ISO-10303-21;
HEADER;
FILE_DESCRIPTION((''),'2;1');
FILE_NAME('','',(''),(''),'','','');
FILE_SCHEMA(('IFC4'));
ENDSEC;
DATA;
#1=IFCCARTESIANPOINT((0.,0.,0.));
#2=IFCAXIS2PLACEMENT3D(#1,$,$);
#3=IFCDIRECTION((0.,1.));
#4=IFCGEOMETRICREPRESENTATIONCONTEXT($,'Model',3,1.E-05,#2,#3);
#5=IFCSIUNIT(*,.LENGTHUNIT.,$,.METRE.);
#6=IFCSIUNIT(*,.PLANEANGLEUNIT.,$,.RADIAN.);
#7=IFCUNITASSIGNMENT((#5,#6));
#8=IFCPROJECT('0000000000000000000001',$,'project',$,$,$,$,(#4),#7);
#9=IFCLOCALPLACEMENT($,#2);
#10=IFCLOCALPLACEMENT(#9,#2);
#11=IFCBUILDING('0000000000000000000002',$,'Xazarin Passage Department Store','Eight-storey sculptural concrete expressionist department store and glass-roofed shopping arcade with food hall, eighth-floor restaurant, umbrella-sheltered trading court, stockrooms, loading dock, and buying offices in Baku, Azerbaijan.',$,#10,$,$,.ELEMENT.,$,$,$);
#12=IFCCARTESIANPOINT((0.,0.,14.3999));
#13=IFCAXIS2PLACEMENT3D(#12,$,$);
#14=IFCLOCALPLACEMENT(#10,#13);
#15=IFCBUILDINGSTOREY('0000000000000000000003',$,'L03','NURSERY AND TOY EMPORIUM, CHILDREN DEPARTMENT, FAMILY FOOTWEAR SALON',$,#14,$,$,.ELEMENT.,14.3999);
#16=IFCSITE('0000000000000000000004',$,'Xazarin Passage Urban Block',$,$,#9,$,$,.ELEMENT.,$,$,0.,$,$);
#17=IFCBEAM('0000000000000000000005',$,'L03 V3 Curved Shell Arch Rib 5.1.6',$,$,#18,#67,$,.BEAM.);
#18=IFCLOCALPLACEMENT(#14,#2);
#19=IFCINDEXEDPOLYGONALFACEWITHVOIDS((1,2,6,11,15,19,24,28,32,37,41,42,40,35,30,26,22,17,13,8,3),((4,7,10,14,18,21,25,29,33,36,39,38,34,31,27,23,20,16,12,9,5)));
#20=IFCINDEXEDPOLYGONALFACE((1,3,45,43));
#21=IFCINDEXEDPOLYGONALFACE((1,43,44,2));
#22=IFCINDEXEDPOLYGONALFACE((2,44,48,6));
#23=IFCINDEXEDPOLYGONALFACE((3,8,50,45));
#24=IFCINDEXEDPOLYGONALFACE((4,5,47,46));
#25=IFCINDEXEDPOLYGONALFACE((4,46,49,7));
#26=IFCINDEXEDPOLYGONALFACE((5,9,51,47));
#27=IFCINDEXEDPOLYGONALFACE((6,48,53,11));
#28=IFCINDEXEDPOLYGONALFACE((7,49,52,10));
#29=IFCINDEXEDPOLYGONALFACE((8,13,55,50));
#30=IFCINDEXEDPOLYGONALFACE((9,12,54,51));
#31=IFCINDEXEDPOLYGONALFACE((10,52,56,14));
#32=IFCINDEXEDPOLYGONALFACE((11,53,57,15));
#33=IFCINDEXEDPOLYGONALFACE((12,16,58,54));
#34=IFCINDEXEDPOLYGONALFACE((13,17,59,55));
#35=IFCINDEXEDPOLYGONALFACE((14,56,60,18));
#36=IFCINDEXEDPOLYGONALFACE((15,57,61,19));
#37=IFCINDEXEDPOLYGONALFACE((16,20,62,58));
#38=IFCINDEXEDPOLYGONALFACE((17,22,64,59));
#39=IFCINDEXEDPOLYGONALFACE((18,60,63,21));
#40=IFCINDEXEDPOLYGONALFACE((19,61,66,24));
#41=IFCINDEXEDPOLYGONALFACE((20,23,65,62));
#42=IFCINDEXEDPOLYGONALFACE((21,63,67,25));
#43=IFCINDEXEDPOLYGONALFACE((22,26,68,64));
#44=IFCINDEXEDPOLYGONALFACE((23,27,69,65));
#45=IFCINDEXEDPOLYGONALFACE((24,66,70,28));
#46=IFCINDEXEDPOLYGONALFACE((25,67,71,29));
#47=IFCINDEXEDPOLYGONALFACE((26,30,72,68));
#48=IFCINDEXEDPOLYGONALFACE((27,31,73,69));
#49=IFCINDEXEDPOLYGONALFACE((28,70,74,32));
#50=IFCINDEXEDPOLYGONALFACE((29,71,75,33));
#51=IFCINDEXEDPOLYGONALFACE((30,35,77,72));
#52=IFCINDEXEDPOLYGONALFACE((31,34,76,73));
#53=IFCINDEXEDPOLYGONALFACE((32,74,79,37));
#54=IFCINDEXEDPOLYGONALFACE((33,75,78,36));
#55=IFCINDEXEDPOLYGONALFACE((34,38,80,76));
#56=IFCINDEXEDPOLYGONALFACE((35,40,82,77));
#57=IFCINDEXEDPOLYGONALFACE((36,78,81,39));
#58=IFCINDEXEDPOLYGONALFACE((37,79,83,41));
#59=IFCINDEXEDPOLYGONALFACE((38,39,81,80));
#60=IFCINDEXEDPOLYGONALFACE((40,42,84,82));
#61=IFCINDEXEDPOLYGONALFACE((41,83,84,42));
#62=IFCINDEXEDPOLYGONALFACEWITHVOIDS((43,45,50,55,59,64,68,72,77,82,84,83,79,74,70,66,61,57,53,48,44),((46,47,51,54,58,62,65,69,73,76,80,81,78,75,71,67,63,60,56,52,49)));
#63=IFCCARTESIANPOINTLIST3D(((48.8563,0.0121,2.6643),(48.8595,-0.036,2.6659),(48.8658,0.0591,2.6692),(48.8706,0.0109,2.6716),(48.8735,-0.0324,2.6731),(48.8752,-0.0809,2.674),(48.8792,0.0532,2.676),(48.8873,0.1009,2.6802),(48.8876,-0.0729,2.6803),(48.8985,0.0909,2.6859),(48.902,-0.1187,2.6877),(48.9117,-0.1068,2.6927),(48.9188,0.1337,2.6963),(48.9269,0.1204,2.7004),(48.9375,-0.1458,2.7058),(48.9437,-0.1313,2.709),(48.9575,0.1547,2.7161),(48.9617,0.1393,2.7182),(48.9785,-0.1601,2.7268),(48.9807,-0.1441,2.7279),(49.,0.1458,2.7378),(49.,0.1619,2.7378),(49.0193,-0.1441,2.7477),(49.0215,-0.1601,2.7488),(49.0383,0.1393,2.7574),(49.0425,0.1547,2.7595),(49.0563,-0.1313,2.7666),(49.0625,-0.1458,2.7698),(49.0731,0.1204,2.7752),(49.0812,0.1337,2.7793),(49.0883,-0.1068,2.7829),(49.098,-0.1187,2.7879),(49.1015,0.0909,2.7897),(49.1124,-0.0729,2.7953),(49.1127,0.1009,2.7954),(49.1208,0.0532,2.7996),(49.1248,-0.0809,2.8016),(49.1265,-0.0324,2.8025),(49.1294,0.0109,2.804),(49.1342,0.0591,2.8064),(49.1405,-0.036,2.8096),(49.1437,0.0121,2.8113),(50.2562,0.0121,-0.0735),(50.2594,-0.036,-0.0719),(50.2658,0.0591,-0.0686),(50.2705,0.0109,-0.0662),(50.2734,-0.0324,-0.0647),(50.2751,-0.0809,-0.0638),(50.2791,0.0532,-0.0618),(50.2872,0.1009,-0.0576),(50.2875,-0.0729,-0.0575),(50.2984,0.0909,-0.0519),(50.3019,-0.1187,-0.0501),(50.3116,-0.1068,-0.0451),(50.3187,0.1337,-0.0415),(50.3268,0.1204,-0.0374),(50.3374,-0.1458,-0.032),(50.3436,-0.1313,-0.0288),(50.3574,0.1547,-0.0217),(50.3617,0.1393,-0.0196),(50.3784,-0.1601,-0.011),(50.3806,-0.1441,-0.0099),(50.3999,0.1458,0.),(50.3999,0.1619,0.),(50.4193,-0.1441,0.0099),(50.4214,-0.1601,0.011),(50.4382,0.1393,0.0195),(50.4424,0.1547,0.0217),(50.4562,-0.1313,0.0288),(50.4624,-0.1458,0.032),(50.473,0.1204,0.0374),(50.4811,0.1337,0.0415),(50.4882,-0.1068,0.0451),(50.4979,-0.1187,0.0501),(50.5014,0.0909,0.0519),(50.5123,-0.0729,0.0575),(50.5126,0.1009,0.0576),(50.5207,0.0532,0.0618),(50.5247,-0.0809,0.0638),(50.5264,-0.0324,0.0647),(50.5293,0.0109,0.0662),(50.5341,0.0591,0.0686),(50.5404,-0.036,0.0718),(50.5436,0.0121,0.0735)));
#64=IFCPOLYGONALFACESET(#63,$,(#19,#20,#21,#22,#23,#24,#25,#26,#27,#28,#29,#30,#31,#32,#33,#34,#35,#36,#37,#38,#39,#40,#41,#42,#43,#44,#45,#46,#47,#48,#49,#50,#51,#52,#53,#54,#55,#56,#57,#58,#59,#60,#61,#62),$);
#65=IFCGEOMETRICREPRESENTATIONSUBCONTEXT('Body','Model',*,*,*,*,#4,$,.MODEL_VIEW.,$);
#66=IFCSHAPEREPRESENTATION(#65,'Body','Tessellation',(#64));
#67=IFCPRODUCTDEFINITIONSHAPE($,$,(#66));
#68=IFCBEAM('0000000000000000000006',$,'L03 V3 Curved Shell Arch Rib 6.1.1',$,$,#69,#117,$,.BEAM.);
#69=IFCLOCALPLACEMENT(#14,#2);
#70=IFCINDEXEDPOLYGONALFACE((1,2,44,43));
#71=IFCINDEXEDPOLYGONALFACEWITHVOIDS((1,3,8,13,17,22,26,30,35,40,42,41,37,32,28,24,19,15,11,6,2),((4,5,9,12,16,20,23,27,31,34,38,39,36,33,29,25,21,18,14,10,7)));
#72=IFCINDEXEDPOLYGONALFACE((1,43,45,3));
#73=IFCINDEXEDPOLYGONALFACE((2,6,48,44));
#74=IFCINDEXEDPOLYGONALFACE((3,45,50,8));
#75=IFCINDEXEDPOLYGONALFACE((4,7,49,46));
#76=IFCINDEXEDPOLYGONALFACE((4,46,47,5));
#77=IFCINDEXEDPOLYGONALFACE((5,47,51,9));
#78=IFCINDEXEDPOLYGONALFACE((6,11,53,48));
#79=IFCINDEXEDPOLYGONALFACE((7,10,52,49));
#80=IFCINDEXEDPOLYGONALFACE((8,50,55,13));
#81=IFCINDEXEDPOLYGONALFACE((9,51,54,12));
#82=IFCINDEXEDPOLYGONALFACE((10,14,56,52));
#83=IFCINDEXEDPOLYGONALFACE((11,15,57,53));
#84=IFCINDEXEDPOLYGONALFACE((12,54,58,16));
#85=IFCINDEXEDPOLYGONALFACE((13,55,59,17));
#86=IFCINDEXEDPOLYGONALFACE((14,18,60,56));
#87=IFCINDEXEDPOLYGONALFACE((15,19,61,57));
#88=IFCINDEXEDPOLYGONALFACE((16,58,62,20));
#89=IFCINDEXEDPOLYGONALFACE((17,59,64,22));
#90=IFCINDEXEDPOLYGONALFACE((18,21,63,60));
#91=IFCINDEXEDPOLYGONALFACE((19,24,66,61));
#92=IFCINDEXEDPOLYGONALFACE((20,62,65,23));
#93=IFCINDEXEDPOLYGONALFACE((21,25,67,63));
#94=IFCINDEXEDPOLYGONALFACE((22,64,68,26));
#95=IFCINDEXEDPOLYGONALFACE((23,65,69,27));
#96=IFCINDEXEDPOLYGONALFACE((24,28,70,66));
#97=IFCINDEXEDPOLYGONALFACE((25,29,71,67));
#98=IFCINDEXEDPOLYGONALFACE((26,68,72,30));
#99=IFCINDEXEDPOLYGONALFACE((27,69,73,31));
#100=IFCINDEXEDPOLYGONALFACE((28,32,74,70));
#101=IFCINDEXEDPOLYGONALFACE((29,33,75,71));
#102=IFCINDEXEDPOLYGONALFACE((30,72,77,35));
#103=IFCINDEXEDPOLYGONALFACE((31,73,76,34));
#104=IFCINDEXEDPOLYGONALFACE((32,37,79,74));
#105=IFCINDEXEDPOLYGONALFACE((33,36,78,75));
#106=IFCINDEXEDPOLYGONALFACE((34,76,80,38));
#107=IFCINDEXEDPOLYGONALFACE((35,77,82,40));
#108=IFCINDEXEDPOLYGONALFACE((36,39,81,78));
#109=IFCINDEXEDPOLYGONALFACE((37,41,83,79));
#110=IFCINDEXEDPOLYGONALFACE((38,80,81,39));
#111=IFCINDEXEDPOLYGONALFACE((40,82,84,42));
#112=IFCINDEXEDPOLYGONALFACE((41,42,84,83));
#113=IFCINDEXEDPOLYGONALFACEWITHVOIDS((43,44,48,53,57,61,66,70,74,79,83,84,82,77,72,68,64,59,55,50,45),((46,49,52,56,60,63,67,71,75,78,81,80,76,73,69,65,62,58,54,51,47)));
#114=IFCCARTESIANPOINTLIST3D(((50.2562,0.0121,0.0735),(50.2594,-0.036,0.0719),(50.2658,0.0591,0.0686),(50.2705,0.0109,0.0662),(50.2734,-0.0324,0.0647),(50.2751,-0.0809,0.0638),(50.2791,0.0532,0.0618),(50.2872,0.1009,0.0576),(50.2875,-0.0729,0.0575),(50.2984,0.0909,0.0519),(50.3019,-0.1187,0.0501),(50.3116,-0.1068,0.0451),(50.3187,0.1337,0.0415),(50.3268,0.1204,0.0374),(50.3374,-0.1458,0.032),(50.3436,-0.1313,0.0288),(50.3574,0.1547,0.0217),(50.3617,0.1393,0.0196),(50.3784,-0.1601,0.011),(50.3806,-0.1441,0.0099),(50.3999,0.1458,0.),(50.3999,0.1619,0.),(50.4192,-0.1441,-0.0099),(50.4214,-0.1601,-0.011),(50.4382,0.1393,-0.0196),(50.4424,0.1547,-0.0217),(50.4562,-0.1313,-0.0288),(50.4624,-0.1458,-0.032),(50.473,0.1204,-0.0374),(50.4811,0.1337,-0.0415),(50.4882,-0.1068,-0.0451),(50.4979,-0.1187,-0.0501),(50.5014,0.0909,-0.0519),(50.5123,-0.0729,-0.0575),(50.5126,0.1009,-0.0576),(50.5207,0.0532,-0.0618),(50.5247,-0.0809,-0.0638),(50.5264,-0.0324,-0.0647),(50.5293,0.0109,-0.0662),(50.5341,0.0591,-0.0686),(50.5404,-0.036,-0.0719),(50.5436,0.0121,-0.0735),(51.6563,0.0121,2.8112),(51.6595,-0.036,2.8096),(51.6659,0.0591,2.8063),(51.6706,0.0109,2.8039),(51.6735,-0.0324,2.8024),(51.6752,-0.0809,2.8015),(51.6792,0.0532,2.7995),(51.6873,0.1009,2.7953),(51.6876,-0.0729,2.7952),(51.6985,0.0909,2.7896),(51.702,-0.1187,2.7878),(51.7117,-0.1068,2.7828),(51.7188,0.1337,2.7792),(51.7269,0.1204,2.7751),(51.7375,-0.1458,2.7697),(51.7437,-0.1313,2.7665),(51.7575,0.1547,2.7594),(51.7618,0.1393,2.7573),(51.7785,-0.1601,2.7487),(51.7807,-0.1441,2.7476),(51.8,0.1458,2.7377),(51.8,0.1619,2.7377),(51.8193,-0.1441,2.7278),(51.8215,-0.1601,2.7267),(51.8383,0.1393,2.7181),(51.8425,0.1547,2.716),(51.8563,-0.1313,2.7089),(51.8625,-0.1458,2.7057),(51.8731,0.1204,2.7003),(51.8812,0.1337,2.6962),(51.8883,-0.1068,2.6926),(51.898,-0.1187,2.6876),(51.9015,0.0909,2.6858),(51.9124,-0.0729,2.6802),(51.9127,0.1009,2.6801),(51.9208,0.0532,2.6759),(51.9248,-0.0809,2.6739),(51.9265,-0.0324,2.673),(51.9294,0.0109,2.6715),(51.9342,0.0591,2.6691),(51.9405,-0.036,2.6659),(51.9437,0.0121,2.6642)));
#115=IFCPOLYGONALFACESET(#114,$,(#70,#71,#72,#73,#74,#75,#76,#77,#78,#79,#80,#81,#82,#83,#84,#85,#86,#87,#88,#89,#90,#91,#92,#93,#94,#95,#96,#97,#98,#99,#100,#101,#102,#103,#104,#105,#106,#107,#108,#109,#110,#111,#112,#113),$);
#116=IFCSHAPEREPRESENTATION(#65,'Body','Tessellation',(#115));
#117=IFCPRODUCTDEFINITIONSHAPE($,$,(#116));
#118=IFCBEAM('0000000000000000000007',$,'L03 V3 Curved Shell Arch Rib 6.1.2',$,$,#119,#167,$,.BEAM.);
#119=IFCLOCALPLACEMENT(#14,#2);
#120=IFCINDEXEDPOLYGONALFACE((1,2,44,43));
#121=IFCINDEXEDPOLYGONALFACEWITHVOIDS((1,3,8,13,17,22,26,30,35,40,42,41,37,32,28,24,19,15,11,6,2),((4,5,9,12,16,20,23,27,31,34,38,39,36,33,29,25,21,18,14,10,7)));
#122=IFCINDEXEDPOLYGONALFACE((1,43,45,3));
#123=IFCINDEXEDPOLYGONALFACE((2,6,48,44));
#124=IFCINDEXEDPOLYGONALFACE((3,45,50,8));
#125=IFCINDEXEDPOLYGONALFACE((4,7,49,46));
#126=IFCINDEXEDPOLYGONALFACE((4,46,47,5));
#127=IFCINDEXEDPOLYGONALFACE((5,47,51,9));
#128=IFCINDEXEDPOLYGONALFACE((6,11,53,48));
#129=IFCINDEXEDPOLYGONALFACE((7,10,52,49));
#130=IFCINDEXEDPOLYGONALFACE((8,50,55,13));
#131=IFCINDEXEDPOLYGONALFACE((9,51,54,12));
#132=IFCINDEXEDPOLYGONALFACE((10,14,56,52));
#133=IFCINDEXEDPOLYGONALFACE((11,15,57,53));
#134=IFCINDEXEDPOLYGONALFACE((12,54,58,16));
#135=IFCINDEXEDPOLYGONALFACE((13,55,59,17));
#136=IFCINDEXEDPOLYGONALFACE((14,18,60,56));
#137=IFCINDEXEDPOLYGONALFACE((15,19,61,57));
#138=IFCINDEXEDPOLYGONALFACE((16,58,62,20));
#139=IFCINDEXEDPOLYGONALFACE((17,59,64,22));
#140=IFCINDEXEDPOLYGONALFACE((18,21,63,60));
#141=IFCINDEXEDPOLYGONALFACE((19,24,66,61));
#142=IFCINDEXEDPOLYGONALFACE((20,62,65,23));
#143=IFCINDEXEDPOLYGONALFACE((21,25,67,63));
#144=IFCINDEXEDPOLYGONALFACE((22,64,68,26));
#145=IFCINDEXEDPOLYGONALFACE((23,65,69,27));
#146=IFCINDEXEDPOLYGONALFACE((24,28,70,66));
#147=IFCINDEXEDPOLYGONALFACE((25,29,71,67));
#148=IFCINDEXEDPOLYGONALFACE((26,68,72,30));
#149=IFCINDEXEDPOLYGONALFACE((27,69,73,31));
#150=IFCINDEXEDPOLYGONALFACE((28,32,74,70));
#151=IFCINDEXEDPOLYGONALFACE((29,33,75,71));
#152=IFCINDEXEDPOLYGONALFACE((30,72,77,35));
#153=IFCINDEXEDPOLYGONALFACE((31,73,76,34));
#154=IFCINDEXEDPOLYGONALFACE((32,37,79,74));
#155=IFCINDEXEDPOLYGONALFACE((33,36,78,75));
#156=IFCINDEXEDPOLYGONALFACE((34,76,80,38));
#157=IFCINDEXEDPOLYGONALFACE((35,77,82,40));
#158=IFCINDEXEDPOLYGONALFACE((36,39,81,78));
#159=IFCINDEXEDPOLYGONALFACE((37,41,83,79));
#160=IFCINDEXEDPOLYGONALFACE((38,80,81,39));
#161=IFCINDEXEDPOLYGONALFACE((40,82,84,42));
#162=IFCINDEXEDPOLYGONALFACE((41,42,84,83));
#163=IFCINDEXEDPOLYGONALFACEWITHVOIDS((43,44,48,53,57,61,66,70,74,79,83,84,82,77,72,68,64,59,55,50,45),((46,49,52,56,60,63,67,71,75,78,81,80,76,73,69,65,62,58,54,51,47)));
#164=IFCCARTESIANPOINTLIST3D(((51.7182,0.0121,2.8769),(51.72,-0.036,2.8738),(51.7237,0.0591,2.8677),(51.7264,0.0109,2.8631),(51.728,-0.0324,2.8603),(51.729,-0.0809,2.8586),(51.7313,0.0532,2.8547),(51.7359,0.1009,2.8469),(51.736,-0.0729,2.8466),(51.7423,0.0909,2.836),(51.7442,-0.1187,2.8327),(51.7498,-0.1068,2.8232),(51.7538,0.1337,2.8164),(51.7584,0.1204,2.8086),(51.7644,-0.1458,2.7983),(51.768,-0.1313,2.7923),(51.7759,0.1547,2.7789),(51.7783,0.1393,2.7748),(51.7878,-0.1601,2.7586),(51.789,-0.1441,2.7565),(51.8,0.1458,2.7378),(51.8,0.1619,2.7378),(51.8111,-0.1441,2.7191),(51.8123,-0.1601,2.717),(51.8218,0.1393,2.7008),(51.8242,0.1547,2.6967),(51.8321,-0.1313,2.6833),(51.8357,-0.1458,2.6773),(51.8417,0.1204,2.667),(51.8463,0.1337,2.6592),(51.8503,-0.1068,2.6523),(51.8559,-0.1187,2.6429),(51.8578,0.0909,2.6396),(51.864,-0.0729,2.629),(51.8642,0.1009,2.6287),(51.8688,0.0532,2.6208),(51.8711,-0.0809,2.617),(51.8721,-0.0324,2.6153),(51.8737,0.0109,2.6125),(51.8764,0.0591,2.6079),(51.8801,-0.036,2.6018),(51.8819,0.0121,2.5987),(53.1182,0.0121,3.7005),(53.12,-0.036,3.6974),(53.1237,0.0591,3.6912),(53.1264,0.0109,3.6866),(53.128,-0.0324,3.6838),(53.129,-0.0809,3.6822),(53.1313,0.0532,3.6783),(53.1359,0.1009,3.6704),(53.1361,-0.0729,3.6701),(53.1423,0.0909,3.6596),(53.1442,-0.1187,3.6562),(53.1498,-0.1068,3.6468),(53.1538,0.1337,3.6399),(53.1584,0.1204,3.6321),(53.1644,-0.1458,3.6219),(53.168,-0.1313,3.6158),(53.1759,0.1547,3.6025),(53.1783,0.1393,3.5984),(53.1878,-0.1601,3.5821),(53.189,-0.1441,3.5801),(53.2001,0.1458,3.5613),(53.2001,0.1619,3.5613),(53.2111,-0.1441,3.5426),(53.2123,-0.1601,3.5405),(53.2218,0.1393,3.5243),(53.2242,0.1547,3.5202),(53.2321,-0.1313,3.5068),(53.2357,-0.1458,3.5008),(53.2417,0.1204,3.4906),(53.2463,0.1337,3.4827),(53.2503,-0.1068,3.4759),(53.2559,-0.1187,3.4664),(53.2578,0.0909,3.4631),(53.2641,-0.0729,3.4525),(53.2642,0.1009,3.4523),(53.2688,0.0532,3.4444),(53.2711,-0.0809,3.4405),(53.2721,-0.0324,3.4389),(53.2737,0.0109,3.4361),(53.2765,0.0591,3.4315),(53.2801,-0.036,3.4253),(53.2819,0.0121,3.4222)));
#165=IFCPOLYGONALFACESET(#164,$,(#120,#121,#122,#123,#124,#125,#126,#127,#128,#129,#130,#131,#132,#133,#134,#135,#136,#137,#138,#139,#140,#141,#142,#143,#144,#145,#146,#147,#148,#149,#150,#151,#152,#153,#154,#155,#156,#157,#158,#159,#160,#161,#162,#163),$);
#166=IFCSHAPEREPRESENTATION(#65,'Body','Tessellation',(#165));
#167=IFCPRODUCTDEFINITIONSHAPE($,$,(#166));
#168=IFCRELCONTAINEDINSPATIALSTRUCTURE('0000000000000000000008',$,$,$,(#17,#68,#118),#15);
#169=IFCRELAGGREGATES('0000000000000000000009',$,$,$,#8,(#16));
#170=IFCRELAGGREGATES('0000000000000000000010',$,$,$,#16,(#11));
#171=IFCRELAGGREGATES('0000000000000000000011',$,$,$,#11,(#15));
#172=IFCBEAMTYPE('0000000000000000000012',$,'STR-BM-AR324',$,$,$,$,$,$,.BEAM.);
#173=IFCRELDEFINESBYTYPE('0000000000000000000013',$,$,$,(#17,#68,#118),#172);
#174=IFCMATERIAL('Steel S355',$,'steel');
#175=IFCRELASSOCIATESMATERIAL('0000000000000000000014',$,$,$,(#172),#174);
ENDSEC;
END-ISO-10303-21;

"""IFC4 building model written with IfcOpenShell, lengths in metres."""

from ifc_helpers import new_model, si_unit, direction, frame, origin, origin_2d, place, context, subcontext, project, spatial, hollow_circle, extrude, material, material_profile, profile_set, type_object, element, save


model = new_model("IFC4")

# Units and contexts
model_context = context("Model", 3, precision=1e-05, world=origin(), true_north=direction((0.0, 1.0)))
body_context = subcontext(model_context, "Body", "Model", "MODEL_VIEW")
ifc_project = project(units=[si_unit("LENGTHUNIT", "METRE"), si_unit("PLANEANGLEUNIT", "RADIAN")], contexts=[model_context])

# Site, building, storey
site_placement = place(None, origin())
site = spatial("IfcSite", under=ifc_project, at=site_placement, Name="Xazarin Passage Urban Block", CompositionType="ELEMENT", RefElevation=0.0)
building_placement = place(site_placement, origin())
building = spatial("IfcBuilding", under=site, at=building_placement, Name="Xazarin Passage Department Store", Description="Eight-storey sculptural concrete expressionist department store and glass-roofed shopping arcade with food hall, eighth-floor restaurant, umbrella-sheltered trading court, stockrooms, loading dock, and buying offices in Baku, Azerbaijan.", CompositionType="ELEMENT")
storey_placement = place(building_placement, frame((0.0, 0.0, 14.3999)))
storey = spatial("IfcBuildingStorey", under=building, at=storey_placement, Name="L03", Description="NURSERY AND TOY EMPORIUM, CHILDREN DEPARTMENT, FAMILY FOOTWEAR SALON", CompositionType="ELEMENT", Elevation=14.3999)

# Beams
ifc_material_1 = material(Name="Steel S355", Category="steel")
ifc_material_profile_1 = material_profile(ifc_material_1, hollow_circle(Radius=0.1619, WallThickness=0.0161, at=origin_2d()), Name="CHS 323.9x16")
ifc_profile_set_1 = profile_set([ifc_material_profile_1], Name="Steel S355")
beam_type_1 = type_object("IfcBeamType", Name="STR-BM-AR324", PredefinedType="BEAM", material=ifc_profile_set_1)
for number, where, z_axis, x_axis, name in (
    (1, (49.0, 0.0, 2.7378), (0.455262, 0.0, -0.890357), (0.0, 1.0, 0.0), "L03 V3 Curved Shell Arch Rib 5.1.6"),
    (2, (50.3999, 0.0, 0.0), (0.455325, 0.0, 0.890325), (0.0, 1.0, 0.0), "L03 V3 Curved Shell Arch Rib 6.1.1"),
):
    element("IfcBeam", number, at=place(storey_placement, frame(where, z_axis=z_axis, x_axis=x_axis)), inside=storey, type_object=beam_type_1, Name=name, PredefinedType="BEAM", context=body_context, shape_type="SweptSolid", body=[
        extrude(hollow_circle(Radius=0.1619, WallThickness=0.0161, at=origin_2d()), origin(), (0.0, 0.0, 1.0), 3.075),
    ])
beam_1_placement = place(storey_placement, frame((51.8, 0.0, 2.7378), z_axis=(0.86193, 0.0, 0.507027), x_axis=(0.0, 1.0, 0.0)))
element("IfcBeam", 3, at=beam_1_placement, inside=storey, type_object=beam_type_1, Name="L03 V3 Curved Shell Arch Rib 6.1.2", PredefinedType="BEAM", context=body_context, shape_type="SweptSolid", body=[
    extrude(hollow_circle(Radius=0.1619, WallThickness=0.0161, at=origin_2d()), origin(), (0.0, 0.0, 1.0), 1.6243),
])

save(model, "model.ifc")
